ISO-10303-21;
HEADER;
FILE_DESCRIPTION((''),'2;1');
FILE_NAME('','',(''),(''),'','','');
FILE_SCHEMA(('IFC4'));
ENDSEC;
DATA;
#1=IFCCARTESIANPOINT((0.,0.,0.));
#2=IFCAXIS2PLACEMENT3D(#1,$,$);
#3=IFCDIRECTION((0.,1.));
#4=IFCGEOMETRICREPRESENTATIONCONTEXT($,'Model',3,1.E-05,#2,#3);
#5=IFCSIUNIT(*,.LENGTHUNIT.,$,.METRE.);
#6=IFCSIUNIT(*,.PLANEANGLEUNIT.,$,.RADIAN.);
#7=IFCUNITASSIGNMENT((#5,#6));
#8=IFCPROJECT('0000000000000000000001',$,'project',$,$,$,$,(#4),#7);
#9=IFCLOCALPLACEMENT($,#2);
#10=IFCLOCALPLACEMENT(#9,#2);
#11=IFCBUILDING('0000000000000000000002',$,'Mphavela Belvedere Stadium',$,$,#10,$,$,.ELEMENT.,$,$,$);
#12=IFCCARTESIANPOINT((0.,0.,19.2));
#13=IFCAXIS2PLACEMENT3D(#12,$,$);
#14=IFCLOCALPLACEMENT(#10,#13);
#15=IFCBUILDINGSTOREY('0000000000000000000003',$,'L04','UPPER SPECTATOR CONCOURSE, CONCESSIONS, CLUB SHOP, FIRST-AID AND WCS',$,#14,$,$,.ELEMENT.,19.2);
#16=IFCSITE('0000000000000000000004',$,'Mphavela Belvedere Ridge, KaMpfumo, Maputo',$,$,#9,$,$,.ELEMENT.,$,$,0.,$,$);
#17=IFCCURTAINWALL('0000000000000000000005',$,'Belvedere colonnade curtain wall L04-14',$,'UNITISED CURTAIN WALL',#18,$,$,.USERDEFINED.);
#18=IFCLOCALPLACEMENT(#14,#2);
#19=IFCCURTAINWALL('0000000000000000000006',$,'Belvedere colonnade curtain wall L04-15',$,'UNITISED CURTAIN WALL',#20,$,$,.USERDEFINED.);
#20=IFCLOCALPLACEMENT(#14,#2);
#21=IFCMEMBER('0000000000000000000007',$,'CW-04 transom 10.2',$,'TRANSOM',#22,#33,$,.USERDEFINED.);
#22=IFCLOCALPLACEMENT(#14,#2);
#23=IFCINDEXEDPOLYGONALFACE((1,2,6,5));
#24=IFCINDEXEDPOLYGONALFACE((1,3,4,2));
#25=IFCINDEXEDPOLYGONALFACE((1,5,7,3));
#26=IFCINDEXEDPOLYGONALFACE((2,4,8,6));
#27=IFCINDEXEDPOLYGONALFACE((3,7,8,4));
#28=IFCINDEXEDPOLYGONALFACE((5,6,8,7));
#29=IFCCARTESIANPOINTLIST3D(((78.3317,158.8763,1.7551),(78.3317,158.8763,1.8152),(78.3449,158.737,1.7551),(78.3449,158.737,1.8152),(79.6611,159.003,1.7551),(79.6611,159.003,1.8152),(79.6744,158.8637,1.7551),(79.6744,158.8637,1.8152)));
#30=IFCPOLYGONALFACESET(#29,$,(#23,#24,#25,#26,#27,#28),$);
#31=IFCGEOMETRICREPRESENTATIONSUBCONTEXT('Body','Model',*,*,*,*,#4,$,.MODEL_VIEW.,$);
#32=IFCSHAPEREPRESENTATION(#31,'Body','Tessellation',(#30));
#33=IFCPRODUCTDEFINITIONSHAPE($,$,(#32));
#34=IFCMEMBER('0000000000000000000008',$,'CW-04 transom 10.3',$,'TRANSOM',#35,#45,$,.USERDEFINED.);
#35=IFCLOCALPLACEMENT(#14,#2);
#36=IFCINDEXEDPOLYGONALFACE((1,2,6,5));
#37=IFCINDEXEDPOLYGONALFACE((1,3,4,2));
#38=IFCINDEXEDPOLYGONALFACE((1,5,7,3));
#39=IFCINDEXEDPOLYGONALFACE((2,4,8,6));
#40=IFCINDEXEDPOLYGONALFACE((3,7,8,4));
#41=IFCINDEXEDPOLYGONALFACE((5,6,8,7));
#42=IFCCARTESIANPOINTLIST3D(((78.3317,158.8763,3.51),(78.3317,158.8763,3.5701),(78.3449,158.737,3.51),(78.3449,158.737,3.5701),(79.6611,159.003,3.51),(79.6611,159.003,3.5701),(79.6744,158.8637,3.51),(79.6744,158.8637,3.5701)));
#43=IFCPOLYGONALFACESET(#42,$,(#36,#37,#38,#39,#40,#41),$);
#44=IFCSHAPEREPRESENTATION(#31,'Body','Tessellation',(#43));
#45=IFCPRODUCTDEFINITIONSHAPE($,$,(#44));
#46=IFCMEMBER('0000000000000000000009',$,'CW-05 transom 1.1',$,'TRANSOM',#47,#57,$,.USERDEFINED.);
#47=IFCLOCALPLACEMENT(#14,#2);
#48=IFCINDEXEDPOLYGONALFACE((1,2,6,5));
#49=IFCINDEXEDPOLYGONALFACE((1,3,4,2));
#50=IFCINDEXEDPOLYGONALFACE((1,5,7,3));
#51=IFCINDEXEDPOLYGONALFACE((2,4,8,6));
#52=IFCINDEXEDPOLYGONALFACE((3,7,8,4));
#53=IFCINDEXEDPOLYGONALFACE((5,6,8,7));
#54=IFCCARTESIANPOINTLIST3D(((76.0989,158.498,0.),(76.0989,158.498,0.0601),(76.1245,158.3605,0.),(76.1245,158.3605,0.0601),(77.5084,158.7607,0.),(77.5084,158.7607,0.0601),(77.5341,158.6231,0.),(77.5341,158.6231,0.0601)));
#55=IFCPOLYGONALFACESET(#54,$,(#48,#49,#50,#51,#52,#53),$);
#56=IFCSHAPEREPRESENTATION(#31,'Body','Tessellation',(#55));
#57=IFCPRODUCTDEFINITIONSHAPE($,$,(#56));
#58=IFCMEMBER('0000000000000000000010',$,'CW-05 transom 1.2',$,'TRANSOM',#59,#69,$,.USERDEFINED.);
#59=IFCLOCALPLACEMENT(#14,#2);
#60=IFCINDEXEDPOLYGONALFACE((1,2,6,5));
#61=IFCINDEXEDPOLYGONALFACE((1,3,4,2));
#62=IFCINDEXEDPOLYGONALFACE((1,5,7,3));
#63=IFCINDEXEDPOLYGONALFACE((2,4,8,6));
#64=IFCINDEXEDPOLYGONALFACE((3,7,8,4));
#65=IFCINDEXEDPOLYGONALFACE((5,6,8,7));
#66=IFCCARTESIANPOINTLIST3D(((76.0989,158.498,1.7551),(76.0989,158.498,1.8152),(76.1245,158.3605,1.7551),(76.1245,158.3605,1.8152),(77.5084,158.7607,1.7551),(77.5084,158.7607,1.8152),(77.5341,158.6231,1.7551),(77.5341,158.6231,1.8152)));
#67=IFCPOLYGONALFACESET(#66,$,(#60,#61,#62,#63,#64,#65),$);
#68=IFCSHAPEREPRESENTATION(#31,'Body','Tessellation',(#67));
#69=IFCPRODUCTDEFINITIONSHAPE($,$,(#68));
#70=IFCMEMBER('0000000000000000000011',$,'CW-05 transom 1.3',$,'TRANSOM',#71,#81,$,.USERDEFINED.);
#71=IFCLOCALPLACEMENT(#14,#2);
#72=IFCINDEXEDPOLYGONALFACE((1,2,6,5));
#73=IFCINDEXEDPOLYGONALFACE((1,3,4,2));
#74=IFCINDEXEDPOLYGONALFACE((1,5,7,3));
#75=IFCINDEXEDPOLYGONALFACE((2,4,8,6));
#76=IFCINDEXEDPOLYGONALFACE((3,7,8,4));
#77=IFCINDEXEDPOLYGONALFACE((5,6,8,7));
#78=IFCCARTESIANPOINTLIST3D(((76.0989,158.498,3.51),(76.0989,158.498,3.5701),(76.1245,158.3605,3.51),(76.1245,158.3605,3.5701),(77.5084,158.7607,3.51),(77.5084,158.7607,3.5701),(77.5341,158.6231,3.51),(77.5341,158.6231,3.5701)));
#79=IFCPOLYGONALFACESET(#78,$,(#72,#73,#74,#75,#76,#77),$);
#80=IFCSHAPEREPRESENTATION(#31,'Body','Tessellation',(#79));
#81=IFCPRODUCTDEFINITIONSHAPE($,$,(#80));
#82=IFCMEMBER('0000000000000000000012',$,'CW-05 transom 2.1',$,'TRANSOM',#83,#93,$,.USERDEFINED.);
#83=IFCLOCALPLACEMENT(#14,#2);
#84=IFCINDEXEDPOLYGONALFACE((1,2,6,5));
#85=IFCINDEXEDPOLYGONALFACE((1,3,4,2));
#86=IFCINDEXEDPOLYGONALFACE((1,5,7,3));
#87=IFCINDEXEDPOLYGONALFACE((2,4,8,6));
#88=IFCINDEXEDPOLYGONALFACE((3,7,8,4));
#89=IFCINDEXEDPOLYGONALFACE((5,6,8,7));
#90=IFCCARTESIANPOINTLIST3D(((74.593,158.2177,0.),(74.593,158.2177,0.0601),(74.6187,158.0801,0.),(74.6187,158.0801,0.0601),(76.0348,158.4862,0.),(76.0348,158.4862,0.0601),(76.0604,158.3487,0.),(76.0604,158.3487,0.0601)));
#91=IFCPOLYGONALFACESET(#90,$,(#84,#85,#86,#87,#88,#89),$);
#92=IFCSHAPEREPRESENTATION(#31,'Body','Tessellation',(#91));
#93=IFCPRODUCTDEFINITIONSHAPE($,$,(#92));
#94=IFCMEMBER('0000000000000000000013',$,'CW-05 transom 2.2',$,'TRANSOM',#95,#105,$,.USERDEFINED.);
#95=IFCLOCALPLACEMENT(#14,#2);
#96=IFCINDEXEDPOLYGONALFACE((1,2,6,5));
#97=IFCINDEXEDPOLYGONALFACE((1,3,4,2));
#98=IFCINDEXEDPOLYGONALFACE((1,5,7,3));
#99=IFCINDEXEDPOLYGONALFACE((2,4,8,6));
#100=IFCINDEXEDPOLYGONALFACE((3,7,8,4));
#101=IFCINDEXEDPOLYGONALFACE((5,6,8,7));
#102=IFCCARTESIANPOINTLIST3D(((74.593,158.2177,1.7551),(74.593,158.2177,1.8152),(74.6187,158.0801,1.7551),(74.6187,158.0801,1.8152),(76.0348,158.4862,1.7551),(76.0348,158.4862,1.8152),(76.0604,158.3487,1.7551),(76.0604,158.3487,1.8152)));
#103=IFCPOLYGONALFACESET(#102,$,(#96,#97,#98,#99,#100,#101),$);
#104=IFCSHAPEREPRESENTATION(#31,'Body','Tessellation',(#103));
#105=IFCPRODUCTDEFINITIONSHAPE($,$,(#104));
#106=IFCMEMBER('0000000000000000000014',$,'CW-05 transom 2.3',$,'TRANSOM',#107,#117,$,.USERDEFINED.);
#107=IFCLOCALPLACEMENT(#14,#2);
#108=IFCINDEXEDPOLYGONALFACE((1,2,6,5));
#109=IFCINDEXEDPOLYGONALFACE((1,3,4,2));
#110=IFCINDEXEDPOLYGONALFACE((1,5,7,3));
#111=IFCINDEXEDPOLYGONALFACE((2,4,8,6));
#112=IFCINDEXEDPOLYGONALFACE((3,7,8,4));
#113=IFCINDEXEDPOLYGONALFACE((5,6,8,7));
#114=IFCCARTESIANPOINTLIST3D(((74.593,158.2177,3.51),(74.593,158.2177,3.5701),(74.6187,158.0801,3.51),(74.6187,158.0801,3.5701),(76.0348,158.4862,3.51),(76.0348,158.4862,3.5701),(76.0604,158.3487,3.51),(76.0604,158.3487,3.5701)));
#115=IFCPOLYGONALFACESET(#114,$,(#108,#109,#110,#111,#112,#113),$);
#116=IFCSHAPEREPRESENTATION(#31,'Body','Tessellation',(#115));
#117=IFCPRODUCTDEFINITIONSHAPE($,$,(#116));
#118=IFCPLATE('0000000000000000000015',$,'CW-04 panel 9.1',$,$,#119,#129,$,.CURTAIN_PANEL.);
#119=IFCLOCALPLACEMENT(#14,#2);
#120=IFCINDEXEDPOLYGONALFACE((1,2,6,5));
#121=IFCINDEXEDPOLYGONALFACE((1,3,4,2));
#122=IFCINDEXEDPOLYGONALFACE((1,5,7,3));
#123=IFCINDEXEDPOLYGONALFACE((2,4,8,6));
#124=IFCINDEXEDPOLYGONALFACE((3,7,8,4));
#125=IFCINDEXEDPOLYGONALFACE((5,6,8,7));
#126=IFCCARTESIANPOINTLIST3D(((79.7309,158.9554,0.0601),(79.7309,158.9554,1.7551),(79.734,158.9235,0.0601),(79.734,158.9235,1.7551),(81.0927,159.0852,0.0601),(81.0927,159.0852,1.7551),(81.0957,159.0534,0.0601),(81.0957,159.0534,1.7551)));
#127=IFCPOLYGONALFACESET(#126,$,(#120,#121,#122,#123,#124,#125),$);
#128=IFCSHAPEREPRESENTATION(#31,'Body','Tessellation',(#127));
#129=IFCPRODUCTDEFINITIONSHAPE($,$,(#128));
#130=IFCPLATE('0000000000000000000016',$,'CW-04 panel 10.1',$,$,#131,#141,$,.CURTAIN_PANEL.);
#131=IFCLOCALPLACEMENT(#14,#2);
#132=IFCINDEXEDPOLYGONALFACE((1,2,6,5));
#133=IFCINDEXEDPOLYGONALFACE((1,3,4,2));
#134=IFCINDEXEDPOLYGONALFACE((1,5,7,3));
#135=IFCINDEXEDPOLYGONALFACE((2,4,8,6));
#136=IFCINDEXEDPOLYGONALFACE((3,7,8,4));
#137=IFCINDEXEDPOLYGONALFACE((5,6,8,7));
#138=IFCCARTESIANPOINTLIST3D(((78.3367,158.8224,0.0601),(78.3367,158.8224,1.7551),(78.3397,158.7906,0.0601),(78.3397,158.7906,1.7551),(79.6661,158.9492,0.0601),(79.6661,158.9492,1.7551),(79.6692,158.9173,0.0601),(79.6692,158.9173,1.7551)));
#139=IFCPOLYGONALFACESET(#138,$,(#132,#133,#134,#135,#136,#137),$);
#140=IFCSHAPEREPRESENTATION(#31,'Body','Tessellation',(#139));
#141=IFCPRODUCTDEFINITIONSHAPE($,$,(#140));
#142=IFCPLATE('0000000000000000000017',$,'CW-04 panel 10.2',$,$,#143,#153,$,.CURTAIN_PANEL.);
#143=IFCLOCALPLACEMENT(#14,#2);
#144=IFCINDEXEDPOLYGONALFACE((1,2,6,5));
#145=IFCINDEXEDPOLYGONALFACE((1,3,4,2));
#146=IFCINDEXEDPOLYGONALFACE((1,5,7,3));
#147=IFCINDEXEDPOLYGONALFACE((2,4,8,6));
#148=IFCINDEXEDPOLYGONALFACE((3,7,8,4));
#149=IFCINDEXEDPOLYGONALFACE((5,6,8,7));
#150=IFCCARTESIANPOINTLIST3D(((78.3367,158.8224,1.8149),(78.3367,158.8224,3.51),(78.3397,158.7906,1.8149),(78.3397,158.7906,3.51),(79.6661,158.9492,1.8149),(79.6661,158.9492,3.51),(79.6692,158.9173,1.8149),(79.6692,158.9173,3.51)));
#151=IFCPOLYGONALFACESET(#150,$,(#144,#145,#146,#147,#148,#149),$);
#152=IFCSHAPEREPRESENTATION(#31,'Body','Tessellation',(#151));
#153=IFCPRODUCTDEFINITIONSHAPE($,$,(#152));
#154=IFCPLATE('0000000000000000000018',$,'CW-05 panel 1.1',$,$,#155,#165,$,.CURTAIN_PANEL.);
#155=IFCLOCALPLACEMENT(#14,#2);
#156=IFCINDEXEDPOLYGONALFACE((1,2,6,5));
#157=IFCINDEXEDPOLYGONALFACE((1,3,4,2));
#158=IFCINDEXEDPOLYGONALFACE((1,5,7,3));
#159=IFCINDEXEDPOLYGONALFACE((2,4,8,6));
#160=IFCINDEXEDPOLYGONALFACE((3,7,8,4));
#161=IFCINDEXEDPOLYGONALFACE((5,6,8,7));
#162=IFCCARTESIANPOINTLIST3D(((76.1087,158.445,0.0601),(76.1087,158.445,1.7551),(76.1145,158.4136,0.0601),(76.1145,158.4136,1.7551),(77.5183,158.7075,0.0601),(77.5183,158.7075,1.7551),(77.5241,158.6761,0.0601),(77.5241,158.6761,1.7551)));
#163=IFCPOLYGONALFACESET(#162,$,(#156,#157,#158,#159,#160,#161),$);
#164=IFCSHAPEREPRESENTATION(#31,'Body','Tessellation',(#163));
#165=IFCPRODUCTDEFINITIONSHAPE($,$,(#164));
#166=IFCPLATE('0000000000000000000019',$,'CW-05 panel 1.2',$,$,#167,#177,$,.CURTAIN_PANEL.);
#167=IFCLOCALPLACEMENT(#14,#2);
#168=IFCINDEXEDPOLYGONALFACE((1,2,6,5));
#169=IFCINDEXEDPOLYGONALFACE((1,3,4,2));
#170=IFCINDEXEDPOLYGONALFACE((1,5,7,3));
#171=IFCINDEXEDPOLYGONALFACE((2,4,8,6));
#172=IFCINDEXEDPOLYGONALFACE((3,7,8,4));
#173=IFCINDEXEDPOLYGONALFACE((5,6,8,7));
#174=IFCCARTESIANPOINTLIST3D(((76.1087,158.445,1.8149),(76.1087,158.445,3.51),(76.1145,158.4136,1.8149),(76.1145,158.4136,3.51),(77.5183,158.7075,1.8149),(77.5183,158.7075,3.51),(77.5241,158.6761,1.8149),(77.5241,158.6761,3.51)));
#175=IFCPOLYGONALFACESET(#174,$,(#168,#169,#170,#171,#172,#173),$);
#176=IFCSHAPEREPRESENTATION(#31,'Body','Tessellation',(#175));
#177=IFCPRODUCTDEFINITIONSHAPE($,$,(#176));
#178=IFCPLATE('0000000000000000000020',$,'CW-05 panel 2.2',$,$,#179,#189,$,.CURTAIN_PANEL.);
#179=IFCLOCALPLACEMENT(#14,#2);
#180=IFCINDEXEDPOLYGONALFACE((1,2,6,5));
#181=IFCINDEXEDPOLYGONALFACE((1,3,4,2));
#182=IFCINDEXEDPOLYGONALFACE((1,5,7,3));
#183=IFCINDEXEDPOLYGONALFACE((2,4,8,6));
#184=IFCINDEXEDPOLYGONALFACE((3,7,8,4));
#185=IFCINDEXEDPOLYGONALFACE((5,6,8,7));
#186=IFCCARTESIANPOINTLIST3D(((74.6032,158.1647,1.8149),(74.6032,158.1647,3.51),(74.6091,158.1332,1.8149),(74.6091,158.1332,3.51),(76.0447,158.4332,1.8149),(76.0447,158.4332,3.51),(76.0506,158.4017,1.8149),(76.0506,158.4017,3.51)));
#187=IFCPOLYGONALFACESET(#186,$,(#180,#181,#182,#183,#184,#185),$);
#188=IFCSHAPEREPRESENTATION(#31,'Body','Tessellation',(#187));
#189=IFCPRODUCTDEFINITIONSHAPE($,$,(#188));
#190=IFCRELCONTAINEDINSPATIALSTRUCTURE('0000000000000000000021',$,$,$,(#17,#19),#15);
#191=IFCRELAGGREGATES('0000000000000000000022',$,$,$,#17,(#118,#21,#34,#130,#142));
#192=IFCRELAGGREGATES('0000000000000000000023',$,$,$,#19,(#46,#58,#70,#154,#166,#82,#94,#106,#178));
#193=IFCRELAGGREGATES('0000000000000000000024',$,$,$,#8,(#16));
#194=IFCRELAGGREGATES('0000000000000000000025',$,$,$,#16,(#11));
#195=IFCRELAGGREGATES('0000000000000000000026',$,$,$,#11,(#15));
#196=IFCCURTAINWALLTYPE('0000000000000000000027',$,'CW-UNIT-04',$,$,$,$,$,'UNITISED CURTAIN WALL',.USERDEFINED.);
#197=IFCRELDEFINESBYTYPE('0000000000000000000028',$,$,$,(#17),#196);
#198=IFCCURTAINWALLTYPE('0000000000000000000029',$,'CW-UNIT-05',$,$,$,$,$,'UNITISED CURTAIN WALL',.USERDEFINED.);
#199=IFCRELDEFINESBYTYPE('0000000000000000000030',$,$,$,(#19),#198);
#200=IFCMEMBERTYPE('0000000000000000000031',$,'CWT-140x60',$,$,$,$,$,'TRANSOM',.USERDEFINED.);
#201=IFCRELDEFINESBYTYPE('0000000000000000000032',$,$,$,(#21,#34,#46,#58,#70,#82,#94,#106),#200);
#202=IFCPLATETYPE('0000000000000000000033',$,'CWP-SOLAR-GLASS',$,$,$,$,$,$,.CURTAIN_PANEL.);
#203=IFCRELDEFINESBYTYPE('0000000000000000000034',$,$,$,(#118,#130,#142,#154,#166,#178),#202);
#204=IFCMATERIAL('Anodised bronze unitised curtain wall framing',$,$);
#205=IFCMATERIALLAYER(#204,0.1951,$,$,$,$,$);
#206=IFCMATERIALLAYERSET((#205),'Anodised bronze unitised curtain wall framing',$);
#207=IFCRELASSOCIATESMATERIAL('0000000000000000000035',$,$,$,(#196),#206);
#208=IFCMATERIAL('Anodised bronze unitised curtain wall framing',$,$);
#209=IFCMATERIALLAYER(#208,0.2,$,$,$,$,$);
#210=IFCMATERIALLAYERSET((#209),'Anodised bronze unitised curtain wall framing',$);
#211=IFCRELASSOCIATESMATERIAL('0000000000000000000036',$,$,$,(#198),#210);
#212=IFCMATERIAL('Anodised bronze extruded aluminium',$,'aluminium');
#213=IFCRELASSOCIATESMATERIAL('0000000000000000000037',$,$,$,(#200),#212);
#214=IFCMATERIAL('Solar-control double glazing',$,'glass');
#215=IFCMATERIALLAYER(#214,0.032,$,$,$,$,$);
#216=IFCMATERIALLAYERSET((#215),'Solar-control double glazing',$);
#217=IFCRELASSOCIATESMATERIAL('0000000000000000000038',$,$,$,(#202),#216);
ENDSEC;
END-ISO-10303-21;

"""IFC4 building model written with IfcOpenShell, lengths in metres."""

from ifc_helpers import new_model, si_unit, direction, frame, origin, origin_2d, place, context, subcontext, project, spatial, rectangle, extrude, material, layer, layer_set, material_profile, profile_set, type_object, element, aggregate, save


model = new_model("IFC4")

# Units and contexts
model_context = context("Model", 3, precision=1e-05, world=origin(), true_north=direction((0.0, 1.0)))
body_context = subcontext(model_context, "Body", "Model", "MODEL_VIEW")
ifc_project = project(units=[si_unit("LENGTHUNIT", "METRE"), si_unit("PLANEANGLEUNIT", "RADIAN")], contexts=[model_context])

# Site, building, storey
site_placement = place(None, origin())
site = spatial("IfcSite", under=ifc_project, at=site_placement, Name="Mphavela Belvedere Ridge, KaMpfumo, Maputo", CompositionType="ELEMENT", RefElevation=0.0)
building_placement = place(site_placement, origin())
building = spatial("IfcBuilding", under=site, at=building_placement, Name="Mphavela Belvedere Stadium", CompositionType="ELEMENT")
storey_placement = place(building_placement, frame((0.0, 0.0, 19.2)))
storey = spatial("IfcBuildingStorey", under=building, at=storey_placement, Name="L04", Description="UPPER SPECTATOR CONCOURSE, CONCESSIONS, CLUB SHOP, FIRST-AID AND WCS", CompositionType="ELEMENT", Elevation=19.2)

# Curtain walls
ifc_material_1 = material(Name="Anodised bronze unitised curtain wall framing")
ifc_layer_1 = layer(ifc_material_1, 0.1951)
ifc_layer_set_1 = layer_set([ifc_layer_1], Name="Anodised bronze unitised curtain wall framing")
curtain_wall_type_1 = type_object("IfcCurtainWallType", Name="CW-UNIT-04", ElementType="UNITISED CURTAIN WALL", PredefinedType="USERDEFINED", material=ifc_layer_set_1)
curtain_wall_1_placement = place(storey_placement, origin())
curtain_wall_1 = element("IfcCurtainWall", 1, at=curtain_wall_1_placement, inside=storey, type_object=curtain_wall_type_1, Name="Belvedere colonnade curtain wall L04-14", ObjectType="UNITISED CURTAIN WALL", PredefinedType="USERDEFINED")
ifc_material_2 = material(Name="Anodised bronze unitised curtain wall framing")
ifc_layer_2 = layer(ifc_material_2, 0.2)
ifc_layer_set_2 = layer_set([ifc_layer_2], Name="Anodised bronze unitised curtain wall framing")
curtain_wall_type_2 = type_object("IfcCurtainWallType", Name="CW-UNIT-05", ElementType="UNITISED CURTAIN WALL", PredefinedType="USERDEFINED", material=ifc_layer_set_2)
curtain_wall_2_placement = place(storey_placement, origin())
curtain_wall_2 = element("IfcCurtainWall", 2, at=curtain_wall_2_placement, inside=storey, type_object=curtain_wall_type_2, Name="Belvedere colonnade curtain wall L04-15", ObjectType="UNITISED CURTAIN WALL", PredefinedType="USERDEFINED")

# Members
ifc_material_3 = material(Name="Anodised bronze extruded aluminium", Category="aluminium")
ifc_material_profile_1 = material_profile(ifc_material_3, rectangle(XDim=0.1399, YDim=0.0601, at=origin_2d()), Name="CW-TRN 140x60")
ifc_profile_set_1 = profile_set([ifc_material_profile_1], Name="Anodised bronze extruded aluminium")
member_type_1 = type_object("IfcMemberType", Name="CWT-140x60", ElementType="TRANSOM", PredefinedType="USERDEFINED", material=ifc_profile_set_1)
member_1_placement = place(storey_placement, frame((79.6677, 158.9333, 1.7852), z_axis=(-0.995488, -0.094887, 0.0), x_axis=(0.094887, -0.995488, 0.0)))
member_1 = element("IfcMember", 3, at=member_1_placement, type_object=member_type_1, Name="CW-04 transom 10.2", ObjectType="TRANSOM", PredefinedType="USERDEFINED", context=body_context, shape_type="SweptSolid", body=[
    extrude(rectangle(XDim=0.1399, YDim=0.0601, at=origin_2d()), origin(), (0.0, 0.0, 1.0), 1.3354),
])
member_2_placement = place(storey_placement, frame((79.6677, 158.9333, 3.54), z_axis=(-0.995488, -0.094887, 0.0), x_axis=(0.094887, -0.995488, 0.0)))
member_2 = element("IfcMember", 4, at=member_2_placement, type_object=member_type_1, Name="CW-04 transom 10.3", ObjectType="TRANSOM", PredefinedType="USERDEFINED", context=body_context, shape_type="SweptSolid", body=[
    extrude(rectangle(XDim=0.1399, YDim=0.0601, at=origin_2d()), origin(), (0.0, 0.0, 1.0), 1.3354),
])
member_3_placement = place(storey_placement, frame((77.5212, 158.6919, 0.03), z_axis=(-0.983076, -0.183199, 0.0), x_axis=(0.183199, -0.983076, 0.0)))
member_3 = element("IfcMember", 5, at=member_3_placement, type_object=member_type_1, Name="CW-05 transom 1.1", ObjectType="TRANSOM", PredefinedType="USERDEFINED", context=body_context, shape_type="SweptSolid", body=[
    extrude(rectangle(XDim=0.1399, YDim=0.0601, at=origin_2d()), origin(), (0.0, 0.0, 1.0), 1.4338),
])
member_4_placement = place(storey_placement, frame((77.5212, 158.6919, 1.7852), z_axis=(-0.983076, -0.183199, 0.0), x_axis=(0.183199, -0.983076, 0.0)))
member_4 = element("IfcMember", 6, at=member_4_placement, type_object=member_type_1, Name="CW-05 transom 1.2", ObjectType="TRANSOM", PredefinedType="USERDEFINED", context=body_context, shape_type="SweptSolid", body=[
    extrude(rectangle(XDim=0.1399, YDim=0.0601, at=origin_2d()), origin(), (0.0, 0.0, 1.0), 1.4338),
])
member_5_placement = place(storey_placement, frame((77.5212, 158.6919, 3.54), z_axis=(-0.983076, -0.183199, 0.0), x_axis=(0.183199, -0.983076, 0.0)))
member_5 = element("IfcMember", 7, at=member_5_placement, type_object=member_type_1, Name="CW-05 transom 1.3", ObjectType="TRANSOM", PredefinedType="USERDEFINED", context=body_context, shape_type="SweptSolid", body=[
    extrude(rectangle(XDim=0.1399, YDim=0.0601, at=origin_2d()), origin(), (0.0, 0.0, 1.0), 1.4338),
])
member_6_placement = place(storey_placement, frame((76.0476, 158.4175, 0.03), z_axis=(-0.983088, -0.183132, 0.0), x_axis=(0.183132, -0.983088, 0.0)))
member_6 = element("IfcMember", 8, at=member_6_placement, type_object=member_type_1, Name="CW-05 transom 2.1", ObjectType="TRANSOM", PredefinedType="USERDEFINED", context=body_context, shape_type="SweptSolid", body=[
    extrude(rectangle(XDim=0.1399, YDim=0.0601, at=origin_2d()), origin(), (0.0, 0.0, 1.0), 1.4666),
])
member_7_placement = place(storey_placement, frame((76.0476, 158.4175, 1.7852), z_axis=(-0.983088, -0.183132, 0.0), x_axis=(0.183132, -0.983088, 0.0)))
member_7 = element("IfcMember", 9, at=member_7_placement, type_object=member_type_1, Name="CW-05 transom 2.2", ObjectType="TRANSOM", PredefinedType="USERDEFINED", context=body_context, shape_type="SweptSolid", body=[
    extrude(rectangle(XDim=0.1399, YDim=0.0601, at=origin_2d()), origin(), (0.0, 0.0, 1.0), 1.4666),
])
member_8_placement = place(storey_placement, frame((76.0476, 158.4175, 3.54), z_axis=(-0.983088, -0.183132, 0.0), x_axis=(0.183132, -0.983088, 0.0)))
member_8 = element("IfcMember", 10, at=member_8_placement, type_object=member_type_1, Name="CW-05 transom 2.3", ObjectType="TRANSOM", PredefinedType="USERDEFINED", context=body_context, shape_type="SweptSolid", body=[
    extrude(rectangle(XDim=0.1399, YDim=0.0601, at=origin_2d()), origin(), (0.0, 0.0, 1.0), 1.4666),
])

# Plates
ifc_material_4 = material(Name="Solar-control double glazing", Category="glass")
ifc_layer_3 = layer(ifc_material_4, 0.032)
ifc_layer_set_3 = layer_set([ifc_layer_3], Name="Solar-control double glazing")
plate_type = type_object("IfcPlateType", Name="CWP-SOLAR-GLASS", PredefinedType="CURTAIN_PANEL", material=ifc_layer_set_3)
plate_1_placement = place(storey_placement, frame((80.4133, 159.0044, 0.0601), z_axis=(0.0, 0.0, 1.0), x_axis=(-0.995484, -0.094933, 0.0)))
plate_1 = element("IfcPlate", 11, at=plate_1_placement, type_object=plate_type, Name="CW-04 panel 9.1", PredefinedType="CURTAIN_PANEL", context=body_context, shape_type="SweptSolid", body=[
    extrude(rectangle(XDim=1.3679, YDim=0.032, at=origin_2d()), origin(), (0.0, 0.0, 1.0), 1.6951),
])
plate_2_placement = place(storey_placement, frame((79.0029, 158.8699, 0.0601), z_axis=(0.0, 0.0, 1.0), x_axis=(-0.995484, -0.094933, 0.0)))
plate_2 = element("IfcPlate", 12, at=plate_2_placement, type_object=plate_type, Name="CW-04 panel 10.1", PredefinedType="CURTAIN_PANEL", context=body_context, shape_type="SweptSolid", body=[
    extrude(rectangle(XDim=1.3354, YDim=0.032, at=origin_2d()), origin(), (0.0, 0.0, 1.0), 1.6951),
])
plate_3_placement = place(storey_placement, frame((79.0029, 158.8699, 1.8149), z_axis=(0.0, 0.0, 1.0), x_axis=(-0.995484, -0.094933, 0.0)))
plate_3 = element("IfcPlate", 13, at=plate_3_placement, type_object=plate_type, Name="CW-04 panel 10.2", PredefinedType="CURTAIN_PANEL", context=body_context, shape_type="SweptSolid", body=[
    extrude(rectangle(XDim=1.3354, YDim=0.032, at=origin_2d()), origin(), (0.0, 0.0, 1.0), 1.6951),
])
aggregate(curtain_wall_1, [plate_1, member_1, member_2, plate_2, plate_3])
plate_4_placement = place(storey_placement, frame((76.8164, 158.5605, 0.0601), z_axis=(0.0, 0.0, 1.0), x_axis=(-0.983096, -0.183091, 0.0)))
plate_4 = element("IfcPlate", 14, at=plate_4_placement, type_object=plate_type, Name="CW-05 panel 1.1", PredefinedType="CURTAIN_PANEL", context=body_context, shape_type="SweptSolid", body=[
    extrude(rectangle(XDim=1.4338, YDim=0.032, at=origin_2d()), origin(), (0.0, 0.0, 1.0), 1.6951),
])
plate_5_placement = place(storey_placement, frame((76.8164, 158.5605, 1.8149), z_axis=(0.0, 0.0, 1.0), x_axis=(-0.983096, -0.183091, 0.0)))
plate_5 = element("IfcPlate", 15, at=plate_5_placement, type_object=plate_type, Name="CW-05 panel 1.2", PredefinedType="CURTAIN_PANEL", context=body_context, shape_type="SweptSolid", body=[
    extrude(rectangle(XDim=1.4338, YDim=0.032, at=origin_2d()), origin(), (0.0, 0.0, 1.0), 1.6951),
])
plate_6_placement = place(storey_placement, frame((75.3269, 158.2832, 1.8149), z_axis=(0.0, 0.0, 1.0), x_axis=(-0.983096, -0.183091, 0.0)))
plate_6 = element("IfcPlate", 16, at=plate_6_placement, type_object=plate_type, Name="CW-05 panel 2.2", PredefinedType="CURTAIN_PANEL", context=body_context, shape_type="SweptSolid", body=[
    extrude(rectangle(XDim=1.4663, YDim=0.032, at=origin_2d()), origin(), (0.0, 0.0, 1.0), 1.6951),
])
aggregate(curtain_wall_2, [member_3, member_4, member_5, plate_4, plate_5, member_6, member_7, member_8, plate_6])

save(model, "model.ifc")
